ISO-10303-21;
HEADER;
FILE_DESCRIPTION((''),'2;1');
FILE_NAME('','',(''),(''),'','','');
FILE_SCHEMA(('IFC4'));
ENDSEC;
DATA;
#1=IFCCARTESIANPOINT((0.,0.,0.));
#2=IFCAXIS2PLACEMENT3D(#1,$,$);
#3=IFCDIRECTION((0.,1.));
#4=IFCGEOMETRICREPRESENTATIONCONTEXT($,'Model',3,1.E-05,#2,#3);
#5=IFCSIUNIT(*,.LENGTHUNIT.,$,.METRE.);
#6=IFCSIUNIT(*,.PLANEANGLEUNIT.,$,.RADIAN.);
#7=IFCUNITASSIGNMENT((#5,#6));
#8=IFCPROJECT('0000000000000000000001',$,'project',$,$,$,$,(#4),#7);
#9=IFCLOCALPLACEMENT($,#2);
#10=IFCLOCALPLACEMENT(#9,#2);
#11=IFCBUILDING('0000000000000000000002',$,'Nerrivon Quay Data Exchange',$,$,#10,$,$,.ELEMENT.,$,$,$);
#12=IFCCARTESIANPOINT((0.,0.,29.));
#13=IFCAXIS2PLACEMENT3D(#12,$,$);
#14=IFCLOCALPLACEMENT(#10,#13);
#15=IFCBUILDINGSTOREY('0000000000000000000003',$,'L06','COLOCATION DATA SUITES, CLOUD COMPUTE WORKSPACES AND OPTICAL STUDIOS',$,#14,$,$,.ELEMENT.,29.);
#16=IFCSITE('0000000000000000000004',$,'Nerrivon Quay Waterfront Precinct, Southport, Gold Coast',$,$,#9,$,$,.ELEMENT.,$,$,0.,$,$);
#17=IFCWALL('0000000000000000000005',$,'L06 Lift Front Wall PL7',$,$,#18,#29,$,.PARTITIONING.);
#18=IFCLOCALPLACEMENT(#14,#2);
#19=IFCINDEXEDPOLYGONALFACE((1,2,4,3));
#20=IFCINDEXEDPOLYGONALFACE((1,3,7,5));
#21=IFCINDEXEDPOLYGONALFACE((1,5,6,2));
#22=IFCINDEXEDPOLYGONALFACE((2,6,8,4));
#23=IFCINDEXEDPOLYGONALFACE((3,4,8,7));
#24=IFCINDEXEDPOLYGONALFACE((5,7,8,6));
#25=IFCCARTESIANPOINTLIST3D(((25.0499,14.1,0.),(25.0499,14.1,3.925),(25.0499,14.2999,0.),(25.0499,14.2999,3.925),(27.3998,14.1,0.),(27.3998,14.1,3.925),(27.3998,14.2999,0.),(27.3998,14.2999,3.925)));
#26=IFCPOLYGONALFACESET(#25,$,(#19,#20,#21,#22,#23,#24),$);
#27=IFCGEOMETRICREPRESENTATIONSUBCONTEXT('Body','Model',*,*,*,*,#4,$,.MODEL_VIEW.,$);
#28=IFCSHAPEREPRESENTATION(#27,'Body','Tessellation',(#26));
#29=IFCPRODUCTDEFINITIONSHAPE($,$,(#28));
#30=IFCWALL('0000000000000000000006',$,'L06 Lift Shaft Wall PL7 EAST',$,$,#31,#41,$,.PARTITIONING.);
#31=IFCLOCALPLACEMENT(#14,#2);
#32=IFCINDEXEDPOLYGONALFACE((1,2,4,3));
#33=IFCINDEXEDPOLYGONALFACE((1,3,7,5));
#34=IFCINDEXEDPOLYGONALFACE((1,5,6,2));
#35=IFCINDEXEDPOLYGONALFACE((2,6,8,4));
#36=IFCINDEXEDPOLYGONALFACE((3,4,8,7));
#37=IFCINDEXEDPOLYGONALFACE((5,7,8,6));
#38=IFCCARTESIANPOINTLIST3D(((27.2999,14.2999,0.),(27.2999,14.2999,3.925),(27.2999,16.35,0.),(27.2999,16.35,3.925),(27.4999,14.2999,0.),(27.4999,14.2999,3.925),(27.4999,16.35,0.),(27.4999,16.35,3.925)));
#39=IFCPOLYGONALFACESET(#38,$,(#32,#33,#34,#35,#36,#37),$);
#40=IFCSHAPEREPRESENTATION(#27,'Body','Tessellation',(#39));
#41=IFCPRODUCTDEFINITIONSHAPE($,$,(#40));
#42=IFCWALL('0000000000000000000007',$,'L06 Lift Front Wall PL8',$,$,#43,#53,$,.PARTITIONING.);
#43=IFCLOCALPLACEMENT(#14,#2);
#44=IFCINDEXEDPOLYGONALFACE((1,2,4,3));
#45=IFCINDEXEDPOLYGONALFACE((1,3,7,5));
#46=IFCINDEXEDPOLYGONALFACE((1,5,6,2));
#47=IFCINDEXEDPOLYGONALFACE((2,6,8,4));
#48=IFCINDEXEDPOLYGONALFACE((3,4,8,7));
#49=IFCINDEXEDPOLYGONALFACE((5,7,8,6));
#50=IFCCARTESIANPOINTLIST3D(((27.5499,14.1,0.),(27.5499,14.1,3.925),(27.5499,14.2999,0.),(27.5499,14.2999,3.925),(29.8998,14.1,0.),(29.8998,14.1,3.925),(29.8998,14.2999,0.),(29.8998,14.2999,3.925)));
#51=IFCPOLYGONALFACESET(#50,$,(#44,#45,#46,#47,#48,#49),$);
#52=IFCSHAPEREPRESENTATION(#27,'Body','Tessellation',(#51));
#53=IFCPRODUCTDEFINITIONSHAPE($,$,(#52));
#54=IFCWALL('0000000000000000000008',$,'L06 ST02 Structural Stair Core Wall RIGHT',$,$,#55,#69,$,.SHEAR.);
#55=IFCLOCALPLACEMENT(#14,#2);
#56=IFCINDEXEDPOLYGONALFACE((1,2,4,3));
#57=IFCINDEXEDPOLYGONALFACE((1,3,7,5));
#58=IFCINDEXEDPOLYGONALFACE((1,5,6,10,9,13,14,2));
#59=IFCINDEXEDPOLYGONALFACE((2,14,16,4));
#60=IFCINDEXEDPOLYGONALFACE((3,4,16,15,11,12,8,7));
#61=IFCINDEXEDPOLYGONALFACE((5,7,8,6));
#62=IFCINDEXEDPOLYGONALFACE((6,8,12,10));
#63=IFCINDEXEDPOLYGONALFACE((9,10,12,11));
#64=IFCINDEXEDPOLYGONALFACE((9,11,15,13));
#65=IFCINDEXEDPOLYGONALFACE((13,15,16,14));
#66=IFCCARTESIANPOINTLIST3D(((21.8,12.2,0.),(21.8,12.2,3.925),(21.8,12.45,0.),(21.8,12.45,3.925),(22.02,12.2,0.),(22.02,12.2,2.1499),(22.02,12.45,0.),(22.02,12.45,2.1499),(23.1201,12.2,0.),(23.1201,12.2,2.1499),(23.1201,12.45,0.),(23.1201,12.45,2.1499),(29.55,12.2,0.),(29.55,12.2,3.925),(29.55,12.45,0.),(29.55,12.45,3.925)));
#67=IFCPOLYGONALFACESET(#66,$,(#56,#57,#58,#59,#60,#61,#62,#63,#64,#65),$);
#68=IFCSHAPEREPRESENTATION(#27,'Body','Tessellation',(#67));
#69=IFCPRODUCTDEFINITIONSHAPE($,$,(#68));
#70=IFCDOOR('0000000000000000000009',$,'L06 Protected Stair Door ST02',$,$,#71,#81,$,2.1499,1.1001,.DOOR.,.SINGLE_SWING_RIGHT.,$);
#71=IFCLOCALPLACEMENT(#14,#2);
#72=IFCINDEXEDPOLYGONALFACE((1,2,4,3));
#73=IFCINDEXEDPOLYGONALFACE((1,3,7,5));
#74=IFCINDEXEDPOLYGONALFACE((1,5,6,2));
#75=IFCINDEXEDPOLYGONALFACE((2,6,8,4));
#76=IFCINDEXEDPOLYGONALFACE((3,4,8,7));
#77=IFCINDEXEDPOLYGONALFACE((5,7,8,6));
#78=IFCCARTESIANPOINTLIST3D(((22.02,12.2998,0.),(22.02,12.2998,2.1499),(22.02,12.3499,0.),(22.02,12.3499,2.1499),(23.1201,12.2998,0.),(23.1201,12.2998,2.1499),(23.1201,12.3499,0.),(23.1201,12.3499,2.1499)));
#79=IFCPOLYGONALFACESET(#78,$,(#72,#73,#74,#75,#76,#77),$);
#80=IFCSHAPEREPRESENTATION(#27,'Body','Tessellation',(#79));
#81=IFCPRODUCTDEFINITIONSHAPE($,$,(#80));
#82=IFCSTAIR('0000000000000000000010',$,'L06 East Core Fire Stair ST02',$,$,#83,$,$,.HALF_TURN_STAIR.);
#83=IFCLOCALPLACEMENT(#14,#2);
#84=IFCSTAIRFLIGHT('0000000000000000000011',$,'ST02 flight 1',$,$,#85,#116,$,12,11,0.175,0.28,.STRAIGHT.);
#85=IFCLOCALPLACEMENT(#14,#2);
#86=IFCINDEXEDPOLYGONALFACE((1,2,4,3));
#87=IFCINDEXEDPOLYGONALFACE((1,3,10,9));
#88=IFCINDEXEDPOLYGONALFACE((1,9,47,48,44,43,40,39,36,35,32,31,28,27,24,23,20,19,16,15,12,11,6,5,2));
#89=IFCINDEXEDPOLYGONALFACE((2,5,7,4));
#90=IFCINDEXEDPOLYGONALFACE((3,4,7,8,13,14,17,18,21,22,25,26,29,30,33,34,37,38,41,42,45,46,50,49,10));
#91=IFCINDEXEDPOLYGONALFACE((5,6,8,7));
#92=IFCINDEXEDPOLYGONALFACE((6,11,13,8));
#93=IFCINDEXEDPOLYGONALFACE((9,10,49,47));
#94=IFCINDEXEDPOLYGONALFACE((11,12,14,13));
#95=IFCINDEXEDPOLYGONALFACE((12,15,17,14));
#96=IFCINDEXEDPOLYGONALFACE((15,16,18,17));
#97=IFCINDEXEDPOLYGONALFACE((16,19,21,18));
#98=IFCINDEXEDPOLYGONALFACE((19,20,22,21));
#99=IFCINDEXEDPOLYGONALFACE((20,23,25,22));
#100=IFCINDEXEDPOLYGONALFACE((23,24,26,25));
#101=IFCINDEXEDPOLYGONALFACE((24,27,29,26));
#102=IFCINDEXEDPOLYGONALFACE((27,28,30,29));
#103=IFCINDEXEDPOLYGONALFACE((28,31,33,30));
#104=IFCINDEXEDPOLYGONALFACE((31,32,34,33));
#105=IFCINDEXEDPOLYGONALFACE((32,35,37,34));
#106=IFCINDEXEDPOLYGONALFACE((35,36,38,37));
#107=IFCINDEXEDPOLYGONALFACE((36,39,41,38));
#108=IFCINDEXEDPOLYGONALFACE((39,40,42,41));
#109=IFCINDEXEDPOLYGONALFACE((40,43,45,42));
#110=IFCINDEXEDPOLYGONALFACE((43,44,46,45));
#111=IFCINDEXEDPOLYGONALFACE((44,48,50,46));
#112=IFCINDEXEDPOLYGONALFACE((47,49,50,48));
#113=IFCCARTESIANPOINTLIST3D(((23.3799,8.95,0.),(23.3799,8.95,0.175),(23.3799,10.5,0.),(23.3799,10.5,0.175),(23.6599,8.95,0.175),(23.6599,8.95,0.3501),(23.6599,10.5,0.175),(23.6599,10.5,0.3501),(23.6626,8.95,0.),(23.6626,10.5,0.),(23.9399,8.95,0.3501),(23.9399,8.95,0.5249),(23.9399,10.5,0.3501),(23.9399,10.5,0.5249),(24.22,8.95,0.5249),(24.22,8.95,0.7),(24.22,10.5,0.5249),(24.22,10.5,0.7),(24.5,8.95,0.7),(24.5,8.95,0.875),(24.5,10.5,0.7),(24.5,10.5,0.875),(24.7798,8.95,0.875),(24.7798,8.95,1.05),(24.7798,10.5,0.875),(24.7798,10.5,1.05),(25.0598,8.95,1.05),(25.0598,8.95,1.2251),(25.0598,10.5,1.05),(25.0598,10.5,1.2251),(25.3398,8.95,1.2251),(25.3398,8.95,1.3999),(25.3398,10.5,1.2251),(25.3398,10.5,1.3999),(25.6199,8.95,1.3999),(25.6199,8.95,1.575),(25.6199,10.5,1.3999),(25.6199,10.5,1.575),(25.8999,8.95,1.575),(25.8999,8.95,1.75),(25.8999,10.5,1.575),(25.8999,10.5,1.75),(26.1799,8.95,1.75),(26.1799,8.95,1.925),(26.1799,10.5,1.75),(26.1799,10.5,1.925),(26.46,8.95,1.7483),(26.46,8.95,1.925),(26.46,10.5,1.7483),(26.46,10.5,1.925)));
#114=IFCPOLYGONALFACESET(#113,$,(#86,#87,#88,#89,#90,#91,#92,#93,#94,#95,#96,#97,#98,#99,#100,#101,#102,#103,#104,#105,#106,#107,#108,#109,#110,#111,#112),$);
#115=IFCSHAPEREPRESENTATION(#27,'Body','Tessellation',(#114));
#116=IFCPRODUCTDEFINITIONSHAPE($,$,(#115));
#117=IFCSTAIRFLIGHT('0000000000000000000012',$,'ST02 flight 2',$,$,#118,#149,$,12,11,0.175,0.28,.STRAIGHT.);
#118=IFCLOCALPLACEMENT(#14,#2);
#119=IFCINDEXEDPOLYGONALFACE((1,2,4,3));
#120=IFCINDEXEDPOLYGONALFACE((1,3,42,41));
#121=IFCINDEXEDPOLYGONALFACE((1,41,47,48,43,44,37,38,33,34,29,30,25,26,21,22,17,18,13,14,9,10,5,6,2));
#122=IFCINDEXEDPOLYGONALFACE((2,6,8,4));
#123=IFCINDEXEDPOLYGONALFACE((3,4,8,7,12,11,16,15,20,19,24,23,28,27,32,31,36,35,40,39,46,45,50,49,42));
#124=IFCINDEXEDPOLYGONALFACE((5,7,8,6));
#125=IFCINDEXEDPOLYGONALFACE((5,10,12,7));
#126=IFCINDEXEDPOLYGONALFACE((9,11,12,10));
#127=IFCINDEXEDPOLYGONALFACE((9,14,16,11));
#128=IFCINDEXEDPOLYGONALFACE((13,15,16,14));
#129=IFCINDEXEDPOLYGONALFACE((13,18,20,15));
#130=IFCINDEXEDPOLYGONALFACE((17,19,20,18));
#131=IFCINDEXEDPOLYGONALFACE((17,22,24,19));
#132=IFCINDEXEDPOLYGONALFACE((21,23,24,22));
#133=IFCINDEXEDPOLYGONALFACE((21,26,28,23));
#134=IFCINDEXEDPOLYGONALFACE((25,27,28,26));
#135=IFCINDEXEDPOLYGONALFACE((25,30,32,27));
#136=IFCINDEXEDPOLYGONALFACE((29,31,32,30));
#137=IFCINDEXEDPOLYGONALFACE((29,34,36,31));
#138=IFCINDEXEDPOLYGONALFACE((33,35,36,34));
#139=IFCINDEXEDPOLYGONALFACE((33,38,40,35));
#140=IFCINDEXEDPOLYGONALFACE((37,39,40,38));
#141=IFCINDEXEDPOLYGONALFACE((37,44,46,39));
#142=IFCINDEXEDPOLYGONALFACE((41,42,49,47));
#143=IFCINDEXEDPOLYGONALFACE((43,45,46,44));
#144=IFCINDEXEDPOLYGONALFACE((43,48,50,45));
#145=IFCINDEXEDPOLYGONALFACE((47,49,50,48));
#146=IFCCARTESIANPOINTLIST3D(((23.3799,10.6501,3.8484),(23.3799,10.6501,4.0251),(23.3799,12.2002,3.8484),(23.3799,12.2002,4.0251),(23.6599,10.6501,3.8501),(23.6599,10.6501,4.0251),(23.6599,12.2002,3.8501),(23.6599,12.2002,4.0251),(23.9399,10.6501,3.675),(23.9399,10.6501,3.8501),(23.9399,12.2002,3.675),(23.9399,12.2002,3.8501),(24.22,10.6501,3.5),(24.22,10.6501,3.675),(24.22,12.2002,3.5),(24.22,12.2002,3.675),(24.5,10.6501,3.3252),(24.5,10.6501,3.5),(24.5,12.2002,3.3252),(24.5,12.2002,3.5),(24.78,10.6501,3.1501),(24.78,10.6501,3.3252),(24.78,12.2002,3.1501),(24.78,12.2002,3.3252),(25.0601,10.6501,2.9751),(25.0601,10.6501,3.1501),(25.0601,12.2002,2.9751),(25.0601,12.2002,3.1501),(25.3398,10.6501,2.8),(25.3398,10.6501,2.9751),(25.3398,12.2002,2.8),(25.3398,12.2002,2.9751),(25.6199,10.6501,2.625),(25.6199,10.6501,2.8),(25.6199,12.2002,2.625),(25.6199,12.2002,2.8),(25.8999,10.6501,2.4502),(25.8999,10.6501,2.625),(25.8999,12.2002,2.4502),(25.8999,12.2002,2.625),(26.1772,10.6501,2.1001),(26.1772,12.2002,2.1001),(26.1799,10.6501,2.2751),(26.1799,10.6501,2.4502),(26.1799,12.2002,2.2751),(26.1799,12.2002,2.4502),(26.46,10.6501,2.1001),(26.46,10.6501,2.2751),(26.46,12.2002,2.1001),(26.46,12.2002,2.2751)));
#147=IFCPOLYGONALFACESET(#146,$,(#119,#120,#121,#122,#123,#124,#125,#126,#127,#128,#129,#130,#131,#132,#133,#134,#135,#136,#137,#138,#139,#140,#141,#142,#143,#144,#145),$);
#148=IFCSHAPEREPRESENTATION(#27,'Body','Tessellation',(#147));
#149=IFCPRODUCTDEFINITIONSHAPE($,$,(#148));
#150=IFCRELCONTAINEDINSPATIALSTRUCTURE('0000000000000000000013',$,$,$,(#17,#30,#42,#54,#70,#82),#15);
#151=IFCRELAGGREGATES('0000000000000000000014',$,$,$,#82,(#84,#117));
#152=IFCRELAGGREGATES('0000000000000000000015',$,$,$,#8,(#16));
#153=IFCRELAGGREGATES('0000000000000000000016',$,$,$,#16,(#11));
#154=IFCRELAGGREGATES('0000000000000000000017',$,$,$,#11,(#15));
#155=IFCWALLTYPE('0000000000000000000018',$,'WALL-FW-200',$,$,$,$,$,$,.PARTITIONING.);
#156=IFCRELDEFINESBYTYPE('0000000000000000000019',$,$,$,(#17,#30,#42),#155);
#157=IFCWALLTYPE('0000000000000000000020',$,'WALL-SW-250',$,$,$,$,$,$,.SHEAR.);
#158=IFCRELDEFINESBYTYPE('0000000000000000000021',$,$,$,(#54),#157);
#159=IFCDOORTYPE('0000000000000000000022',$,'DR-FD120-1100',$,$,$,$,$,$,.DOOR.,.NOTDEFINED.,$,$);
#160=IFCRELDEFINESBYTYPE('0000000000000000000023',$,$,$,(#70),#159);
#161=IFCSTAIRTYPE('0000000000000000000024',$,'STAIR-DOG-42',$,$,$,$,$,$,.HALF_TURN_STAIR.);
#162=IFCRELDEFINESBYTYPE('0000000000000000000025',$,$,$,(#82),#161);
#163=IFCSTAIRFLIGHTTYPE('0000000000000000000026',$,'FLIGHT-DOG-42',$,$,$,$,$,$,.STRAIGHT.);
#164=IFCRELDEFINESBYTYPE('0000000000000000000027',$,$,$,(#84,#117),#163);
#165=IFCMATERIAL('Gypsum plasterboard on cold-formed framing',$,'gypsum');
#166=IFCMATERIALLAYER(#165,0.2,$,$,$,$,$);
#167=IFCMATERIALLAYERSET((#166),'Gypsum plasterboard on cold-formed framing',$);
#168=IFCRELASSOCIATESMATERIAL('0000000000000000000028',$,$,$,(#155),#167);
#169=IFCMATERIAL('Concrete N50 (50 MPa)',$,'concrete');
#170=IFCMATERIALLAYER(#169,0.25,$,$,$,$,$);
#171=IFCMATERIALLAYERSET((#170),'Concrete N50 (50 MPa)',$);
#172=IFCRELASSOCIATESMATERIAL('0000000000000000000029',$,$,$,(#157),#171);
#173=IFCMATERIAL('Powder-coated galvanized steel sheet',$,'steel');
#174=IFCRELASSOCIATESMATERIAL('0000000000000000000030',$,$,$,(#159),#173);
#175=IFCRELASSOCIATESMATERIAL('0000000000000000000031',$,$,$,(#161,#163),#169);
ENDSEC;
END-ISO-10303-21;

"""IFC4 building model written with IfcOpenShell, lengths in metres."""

from ifc_helpers import new_model, si_unit, direction, frame, frame_2d, origin, place, context, subcontext, project, spatial, polyline, rectangle, outline, extrude, material, layer, layer_set, type_object, element, fill, aggregate, save


model = new_model("IFC4")

# Units and contexts
model_context = context("Model", 3, precision=1e-05, world=origin(), true_north=direction((0.0, 1.0)))
body_context = subcontext(model_context, "Body", "Model", "MODEL_VIEW")
ifc_project = project(units=[si_unit("LENGTHUNIT", "METRE"), si_unit("PLANEANGLEUNIT", "RADIAN")], contexts=[model_context])

# Site, building, storey
site_placement = place(None, origin())
site = spatial("IfcSite", under=ifc_project, at=site_placement, Name="Nerrivon Quay Waterfront Precinct, Southport, Gold Coast", CompositionType="ELEMENT", RefElevation=0.0)
building_placement = place(site_placement, origin())
building = spatial("IfcBuilding", under=site, at=building_placement, Name="Nerrivon Quay Data Exchange", CompositionType="ELEMENT")
storey_placement = place(building_placement, frame((0.0, 0.0, 29.0)))
storey = spatial("IfcBuildingStorey", under=building, at=storey_placement, Name="L06", Description="COLOCATION DATA SUITES, CLOUD COMPUTE WORKSPACES AND OPTICAL STUDIOS", CompositionType="ELEMENT", Elevation=29.0)

# Shared definitions
ifc_material_1 = material(Name="Gypsum plasterboard on cold-formed framing", Category="gypsum")
ifc_layer_1 = layer(ifc_material_1, 0.2)
ifc_layer_set_1 = layer_set([ifc_layer_1], Name="Gypsum plasterboard on cold-formed framing")
wall_type_1 = type_object("IfcWallType", Name="WALL-FW-200", PredefinedType="PARTITIONING", material=ifc_layer_set_1)

# Shared definitions
ifc_material_2 = material(Name="Powder-coated galvanized steel sheet", Category="steel")

# Walls
wall_1_placement = place(storey_placement, frame((25.05, 14.2, 0.0), z_axis=(0.0, 0.0, 1.0), x_axis=(1.0, 0.0, 0.0)))
element("IfcWall", 1, at=wall_1_placement, inside=storey, type_object=wall_type_1, Name="L06 Lift Front Wall PL7", PredefinedType="PARTITIONING", context=body_context, shape_type="SweptSolid", body=[
    extrude(rectangle(XDim=2.3499, YDim=0.2, at=frame_2d((1.1748, 0.0))), origin(), (0.0, 0.0, 1.0), 3.925),
])
wall_2_placement = place(storey_placement, frame((27.3999, 14.3, 0.0), z_axis=(0.0, 0.0, 1.0), x_axis=(0.0, 1.0, 0.0)))
element("IfcWall", 2, at=wall_2_placement, inside=storey, type_object=wall_type_1, Name="L06 Lift Shaft Wall PL7 EAST", PredefinedType="PARTITIONING", context=body_context, shape_type="SweptSolid", body=[
    extrude(rectangle(XDim=2.05, YDim=0.2, at=frame_2d((1.0249, 0.0))), origin(), (0.0, 0.0, 1.0), 3.925),
])
wall_3_placement = place(storey_placement, frame((27.55, 14.2, 0.0), z_axis=(0.0, 0.0, 1.0), x_axis=(1.0, 0.0, 0.0)))
element("IfcWall", 3, at=wall_3_placement, inside=storey, type_object=wall_type_1, Name="L06 Lift Front Wall PL8", PredefinedType="PARTITIONING", context=body_context, shape_type="SweptSolid", body=[
    extrude(rectangle(XDim=2.3499, YDim=0.2, at=frame_2d((1.1748, 0.0))), origin(), (0.0, 0.0, 1.0), 3.925),
])

# Wall, opening, door
ifc_material_3 = material(Name="Concrete N50 (50 MPa)", Category="concrete")
ifc_layer_2 = layer(ifc_material_3, 0.25)
ifc_layer_set_2 = layer_set([ifc_layer_2], Name="Concrete N50 (50 MPa)")
wall_type_2 = type_object("IfcWallType", Name="WALL-SW-250", PredefinedType="SHEAR", material=ifc_layer_set_2)
wall_4_placement = place(storey_placement, frame((21.8, 12.325, 0.0), z_axis=(0.0, 0.0, 1.0), x_axis=(1.0, 0.0, 0.0)))
wall_4 = element("IfcWall", 4, at=wall_4_placement, inside=storey, type_object=wall_type_2, Name="L06 ST02 Structural Stair Core Wall RIGHT", PredefinedType="SHEAR", context=body_context, shape_type="SweptSolid", body=[
    extrude(rectangle(XDim=7.75, YDim=0.25, at=frame_2d((3.875, 0.0))), origin(), (0.0, 0.0, 1.0), 3.925),
])
opening_1_placement = place(wall_4_placement, frame((0.22, 0.0, 0.0)))
opening_1 = element("IfcOpeningElement", 5, at=opening_1_placement, cuts=wall_4, PredefinedType="OPENING", context=body_context, shape_type="SweptSolid", body=[
    extrude(rectangle(XDim=1.1001, YDim=2.1499, at=frame_2d((0.55, 1.075))), frame((0.0, 0.135, 0.0), z_axis=(0.0, -1.0, 0.0), x_axis=(1.0, 0.0, 0.0)), (0.0, 0.0, 1.0), 0.27),
])
door_type_1 = type_object("IfcDoorType", Name="DR-FD120-1100", OperationType="NOTDEFINED", PredefinedType="DOOR", material=ifc_material_2)
door_1_placement = place(opening_1_placement, origin())
door_1 = element("IfcDoor", 6, at=door_1_placement, inside=storey, type_object=door_type_1, Name="L06 Protected Stair Door ST02", OperationType="SINGLE_SWING_RIGHT", OverallHeight=2.1499, OverallWidth=1.1001, PredefinedType="DOOR", context=body_context, shape_type="SweptSolid", body=[
    extrude(rectangle(XDim=1.1001, YDim=2.1499, at=frame_2d((0.55, 1.075))), frame((0.0, 0.0249, 0.0), z_axis=(0.0, -1.0, 0.0), x_axis=(1.0, 0.0, 0.0)), (0.0, 0.0, 1.0), 0.05),
])
fill(opening_1, door_1)

# Stair, stair flights
stair_type = type_object("IfcStairType", Name="STAIR-DOG-42", PredefinedType="HALF_TURN_STAIR", material=ifc_material_3)
stair_placement = place(storey_placement, origin())
stair = element("IfcStair", 7, at=stair_placement, inside=storey, type_object=stair_type, Name="L06 East Core Fire Stair ST02", PredefinedType="HALF_TURN_STAIR")
stair_flight_type = type_object("IfcStairFlightType", Name="FLIGHT-DOG-42", PredefinedType="STRAIGHT", material=ifc_material_3)
stair_flight_1_placement = place(storey_placement, frame((23.3799, 9.7251, 0.0), z_axis=(0.0, 0.0, 1.0), x_axis=(1.0, 0.0, 0.0)))
stair_flight_1 = element("IfcStairFlight", 8, at=stair_flight_1_placement, type_object=stair_flight_type, Name="ST02 flight 1", NumberOfRisers=12, NumberOfTreads=11, PredefinedType="STRAIGHT", RiserHeight=0.175, TreadLength=0.28, context=body_context, shape_type="SweptSolid", body=[
    extrude(outline(polyline([(0.0, 0.0), (0.0, 0.175), (0.28, 0.175), (0.28, 0.3501), (0.5601, 0.3501), (0.5601, 0.5249), (0.8401, 0.5249), (0.8401, 0.7), (1.1201, 0.7), (1.1201, 0.875), (1.3999, 0.875), (1.3999, 1.05), (1.6799, 1.05), (1.6799, 1.2251), (1.96, 1.2251), (1.96, 1.3999), (2.24, 1.3999), (2.24, 1.575), (2.52, 1.575), (2.52, 1.75), (2.8, 1.75), (2.8, 1.925), (3.0801, 1.925), (3.0801, 2.1001), (3.0801, 1.7483), (0.2827, 0.0), (0.0, 0.0)])), frame((0.0, 0.7749, 0.0), z_axis=(0.0, -1.0, 0.0), x_axis=(1.0, 0.0, 0.0)), (0.0, 0.0, 1.0), 1.55),
])
stair_flight_2_placement = place(storey_placement, frame((26.46, 11.425, 2.1001), z_axis=(0.0, 0.0, 1.0), x_axis=(-1.0, 0.0, 0.0)))
stair_flight_2 = element("IfcStairFlight", 9, at=stair_flight_2_placement, type_object=stair_flight_type, Name="ST02 flight 2", NumberOfRisers=12, NumberOfTreads=11, PredefinedType="STRAIGHT", RiserHeight=0.175, TreadLength=0.28, context=body_context, shape_type="SweptSolid", body=[
    extrude(outline(polyline([(0.0, 0.0), (0.0, 0.175), (0.28, 0.175), (0.28, 0.3501), (0.5601, 0.3501), (0.5601, 0.5249), (0.8401, 0.5249), (0.8401, 0.7), (1.1201, 0.7), (1.1201, 0.875), (1.3999, 0.875), (1.3999, 1.05), (1.6799, 1.05), (1.6799, 1.2251), (1.96, 1.2251), (1.96, 1.3999), (2.24, 1.3999), (2.24, 1.575), (2.52, 1.575), (2.52, 1.75), (2.8, 1.75), (2.8, 1.925), (3.0801, 1.925), (3.0801, 2.1001), (3.0801, 1.7483), (0.2827, 0.0), (0.0, 0.0)])), frame((0.0, 0.7749, 0.0), z_axis=(0.0, -1.0, 0.0), x_axis=(1.0, 0.0, 0.0)), (0.0, 0.0, 1.0), 1.55),
])
aggregate(stair, [stair_flight_1, stair_flight_2])

save(model, "model.ifc")
